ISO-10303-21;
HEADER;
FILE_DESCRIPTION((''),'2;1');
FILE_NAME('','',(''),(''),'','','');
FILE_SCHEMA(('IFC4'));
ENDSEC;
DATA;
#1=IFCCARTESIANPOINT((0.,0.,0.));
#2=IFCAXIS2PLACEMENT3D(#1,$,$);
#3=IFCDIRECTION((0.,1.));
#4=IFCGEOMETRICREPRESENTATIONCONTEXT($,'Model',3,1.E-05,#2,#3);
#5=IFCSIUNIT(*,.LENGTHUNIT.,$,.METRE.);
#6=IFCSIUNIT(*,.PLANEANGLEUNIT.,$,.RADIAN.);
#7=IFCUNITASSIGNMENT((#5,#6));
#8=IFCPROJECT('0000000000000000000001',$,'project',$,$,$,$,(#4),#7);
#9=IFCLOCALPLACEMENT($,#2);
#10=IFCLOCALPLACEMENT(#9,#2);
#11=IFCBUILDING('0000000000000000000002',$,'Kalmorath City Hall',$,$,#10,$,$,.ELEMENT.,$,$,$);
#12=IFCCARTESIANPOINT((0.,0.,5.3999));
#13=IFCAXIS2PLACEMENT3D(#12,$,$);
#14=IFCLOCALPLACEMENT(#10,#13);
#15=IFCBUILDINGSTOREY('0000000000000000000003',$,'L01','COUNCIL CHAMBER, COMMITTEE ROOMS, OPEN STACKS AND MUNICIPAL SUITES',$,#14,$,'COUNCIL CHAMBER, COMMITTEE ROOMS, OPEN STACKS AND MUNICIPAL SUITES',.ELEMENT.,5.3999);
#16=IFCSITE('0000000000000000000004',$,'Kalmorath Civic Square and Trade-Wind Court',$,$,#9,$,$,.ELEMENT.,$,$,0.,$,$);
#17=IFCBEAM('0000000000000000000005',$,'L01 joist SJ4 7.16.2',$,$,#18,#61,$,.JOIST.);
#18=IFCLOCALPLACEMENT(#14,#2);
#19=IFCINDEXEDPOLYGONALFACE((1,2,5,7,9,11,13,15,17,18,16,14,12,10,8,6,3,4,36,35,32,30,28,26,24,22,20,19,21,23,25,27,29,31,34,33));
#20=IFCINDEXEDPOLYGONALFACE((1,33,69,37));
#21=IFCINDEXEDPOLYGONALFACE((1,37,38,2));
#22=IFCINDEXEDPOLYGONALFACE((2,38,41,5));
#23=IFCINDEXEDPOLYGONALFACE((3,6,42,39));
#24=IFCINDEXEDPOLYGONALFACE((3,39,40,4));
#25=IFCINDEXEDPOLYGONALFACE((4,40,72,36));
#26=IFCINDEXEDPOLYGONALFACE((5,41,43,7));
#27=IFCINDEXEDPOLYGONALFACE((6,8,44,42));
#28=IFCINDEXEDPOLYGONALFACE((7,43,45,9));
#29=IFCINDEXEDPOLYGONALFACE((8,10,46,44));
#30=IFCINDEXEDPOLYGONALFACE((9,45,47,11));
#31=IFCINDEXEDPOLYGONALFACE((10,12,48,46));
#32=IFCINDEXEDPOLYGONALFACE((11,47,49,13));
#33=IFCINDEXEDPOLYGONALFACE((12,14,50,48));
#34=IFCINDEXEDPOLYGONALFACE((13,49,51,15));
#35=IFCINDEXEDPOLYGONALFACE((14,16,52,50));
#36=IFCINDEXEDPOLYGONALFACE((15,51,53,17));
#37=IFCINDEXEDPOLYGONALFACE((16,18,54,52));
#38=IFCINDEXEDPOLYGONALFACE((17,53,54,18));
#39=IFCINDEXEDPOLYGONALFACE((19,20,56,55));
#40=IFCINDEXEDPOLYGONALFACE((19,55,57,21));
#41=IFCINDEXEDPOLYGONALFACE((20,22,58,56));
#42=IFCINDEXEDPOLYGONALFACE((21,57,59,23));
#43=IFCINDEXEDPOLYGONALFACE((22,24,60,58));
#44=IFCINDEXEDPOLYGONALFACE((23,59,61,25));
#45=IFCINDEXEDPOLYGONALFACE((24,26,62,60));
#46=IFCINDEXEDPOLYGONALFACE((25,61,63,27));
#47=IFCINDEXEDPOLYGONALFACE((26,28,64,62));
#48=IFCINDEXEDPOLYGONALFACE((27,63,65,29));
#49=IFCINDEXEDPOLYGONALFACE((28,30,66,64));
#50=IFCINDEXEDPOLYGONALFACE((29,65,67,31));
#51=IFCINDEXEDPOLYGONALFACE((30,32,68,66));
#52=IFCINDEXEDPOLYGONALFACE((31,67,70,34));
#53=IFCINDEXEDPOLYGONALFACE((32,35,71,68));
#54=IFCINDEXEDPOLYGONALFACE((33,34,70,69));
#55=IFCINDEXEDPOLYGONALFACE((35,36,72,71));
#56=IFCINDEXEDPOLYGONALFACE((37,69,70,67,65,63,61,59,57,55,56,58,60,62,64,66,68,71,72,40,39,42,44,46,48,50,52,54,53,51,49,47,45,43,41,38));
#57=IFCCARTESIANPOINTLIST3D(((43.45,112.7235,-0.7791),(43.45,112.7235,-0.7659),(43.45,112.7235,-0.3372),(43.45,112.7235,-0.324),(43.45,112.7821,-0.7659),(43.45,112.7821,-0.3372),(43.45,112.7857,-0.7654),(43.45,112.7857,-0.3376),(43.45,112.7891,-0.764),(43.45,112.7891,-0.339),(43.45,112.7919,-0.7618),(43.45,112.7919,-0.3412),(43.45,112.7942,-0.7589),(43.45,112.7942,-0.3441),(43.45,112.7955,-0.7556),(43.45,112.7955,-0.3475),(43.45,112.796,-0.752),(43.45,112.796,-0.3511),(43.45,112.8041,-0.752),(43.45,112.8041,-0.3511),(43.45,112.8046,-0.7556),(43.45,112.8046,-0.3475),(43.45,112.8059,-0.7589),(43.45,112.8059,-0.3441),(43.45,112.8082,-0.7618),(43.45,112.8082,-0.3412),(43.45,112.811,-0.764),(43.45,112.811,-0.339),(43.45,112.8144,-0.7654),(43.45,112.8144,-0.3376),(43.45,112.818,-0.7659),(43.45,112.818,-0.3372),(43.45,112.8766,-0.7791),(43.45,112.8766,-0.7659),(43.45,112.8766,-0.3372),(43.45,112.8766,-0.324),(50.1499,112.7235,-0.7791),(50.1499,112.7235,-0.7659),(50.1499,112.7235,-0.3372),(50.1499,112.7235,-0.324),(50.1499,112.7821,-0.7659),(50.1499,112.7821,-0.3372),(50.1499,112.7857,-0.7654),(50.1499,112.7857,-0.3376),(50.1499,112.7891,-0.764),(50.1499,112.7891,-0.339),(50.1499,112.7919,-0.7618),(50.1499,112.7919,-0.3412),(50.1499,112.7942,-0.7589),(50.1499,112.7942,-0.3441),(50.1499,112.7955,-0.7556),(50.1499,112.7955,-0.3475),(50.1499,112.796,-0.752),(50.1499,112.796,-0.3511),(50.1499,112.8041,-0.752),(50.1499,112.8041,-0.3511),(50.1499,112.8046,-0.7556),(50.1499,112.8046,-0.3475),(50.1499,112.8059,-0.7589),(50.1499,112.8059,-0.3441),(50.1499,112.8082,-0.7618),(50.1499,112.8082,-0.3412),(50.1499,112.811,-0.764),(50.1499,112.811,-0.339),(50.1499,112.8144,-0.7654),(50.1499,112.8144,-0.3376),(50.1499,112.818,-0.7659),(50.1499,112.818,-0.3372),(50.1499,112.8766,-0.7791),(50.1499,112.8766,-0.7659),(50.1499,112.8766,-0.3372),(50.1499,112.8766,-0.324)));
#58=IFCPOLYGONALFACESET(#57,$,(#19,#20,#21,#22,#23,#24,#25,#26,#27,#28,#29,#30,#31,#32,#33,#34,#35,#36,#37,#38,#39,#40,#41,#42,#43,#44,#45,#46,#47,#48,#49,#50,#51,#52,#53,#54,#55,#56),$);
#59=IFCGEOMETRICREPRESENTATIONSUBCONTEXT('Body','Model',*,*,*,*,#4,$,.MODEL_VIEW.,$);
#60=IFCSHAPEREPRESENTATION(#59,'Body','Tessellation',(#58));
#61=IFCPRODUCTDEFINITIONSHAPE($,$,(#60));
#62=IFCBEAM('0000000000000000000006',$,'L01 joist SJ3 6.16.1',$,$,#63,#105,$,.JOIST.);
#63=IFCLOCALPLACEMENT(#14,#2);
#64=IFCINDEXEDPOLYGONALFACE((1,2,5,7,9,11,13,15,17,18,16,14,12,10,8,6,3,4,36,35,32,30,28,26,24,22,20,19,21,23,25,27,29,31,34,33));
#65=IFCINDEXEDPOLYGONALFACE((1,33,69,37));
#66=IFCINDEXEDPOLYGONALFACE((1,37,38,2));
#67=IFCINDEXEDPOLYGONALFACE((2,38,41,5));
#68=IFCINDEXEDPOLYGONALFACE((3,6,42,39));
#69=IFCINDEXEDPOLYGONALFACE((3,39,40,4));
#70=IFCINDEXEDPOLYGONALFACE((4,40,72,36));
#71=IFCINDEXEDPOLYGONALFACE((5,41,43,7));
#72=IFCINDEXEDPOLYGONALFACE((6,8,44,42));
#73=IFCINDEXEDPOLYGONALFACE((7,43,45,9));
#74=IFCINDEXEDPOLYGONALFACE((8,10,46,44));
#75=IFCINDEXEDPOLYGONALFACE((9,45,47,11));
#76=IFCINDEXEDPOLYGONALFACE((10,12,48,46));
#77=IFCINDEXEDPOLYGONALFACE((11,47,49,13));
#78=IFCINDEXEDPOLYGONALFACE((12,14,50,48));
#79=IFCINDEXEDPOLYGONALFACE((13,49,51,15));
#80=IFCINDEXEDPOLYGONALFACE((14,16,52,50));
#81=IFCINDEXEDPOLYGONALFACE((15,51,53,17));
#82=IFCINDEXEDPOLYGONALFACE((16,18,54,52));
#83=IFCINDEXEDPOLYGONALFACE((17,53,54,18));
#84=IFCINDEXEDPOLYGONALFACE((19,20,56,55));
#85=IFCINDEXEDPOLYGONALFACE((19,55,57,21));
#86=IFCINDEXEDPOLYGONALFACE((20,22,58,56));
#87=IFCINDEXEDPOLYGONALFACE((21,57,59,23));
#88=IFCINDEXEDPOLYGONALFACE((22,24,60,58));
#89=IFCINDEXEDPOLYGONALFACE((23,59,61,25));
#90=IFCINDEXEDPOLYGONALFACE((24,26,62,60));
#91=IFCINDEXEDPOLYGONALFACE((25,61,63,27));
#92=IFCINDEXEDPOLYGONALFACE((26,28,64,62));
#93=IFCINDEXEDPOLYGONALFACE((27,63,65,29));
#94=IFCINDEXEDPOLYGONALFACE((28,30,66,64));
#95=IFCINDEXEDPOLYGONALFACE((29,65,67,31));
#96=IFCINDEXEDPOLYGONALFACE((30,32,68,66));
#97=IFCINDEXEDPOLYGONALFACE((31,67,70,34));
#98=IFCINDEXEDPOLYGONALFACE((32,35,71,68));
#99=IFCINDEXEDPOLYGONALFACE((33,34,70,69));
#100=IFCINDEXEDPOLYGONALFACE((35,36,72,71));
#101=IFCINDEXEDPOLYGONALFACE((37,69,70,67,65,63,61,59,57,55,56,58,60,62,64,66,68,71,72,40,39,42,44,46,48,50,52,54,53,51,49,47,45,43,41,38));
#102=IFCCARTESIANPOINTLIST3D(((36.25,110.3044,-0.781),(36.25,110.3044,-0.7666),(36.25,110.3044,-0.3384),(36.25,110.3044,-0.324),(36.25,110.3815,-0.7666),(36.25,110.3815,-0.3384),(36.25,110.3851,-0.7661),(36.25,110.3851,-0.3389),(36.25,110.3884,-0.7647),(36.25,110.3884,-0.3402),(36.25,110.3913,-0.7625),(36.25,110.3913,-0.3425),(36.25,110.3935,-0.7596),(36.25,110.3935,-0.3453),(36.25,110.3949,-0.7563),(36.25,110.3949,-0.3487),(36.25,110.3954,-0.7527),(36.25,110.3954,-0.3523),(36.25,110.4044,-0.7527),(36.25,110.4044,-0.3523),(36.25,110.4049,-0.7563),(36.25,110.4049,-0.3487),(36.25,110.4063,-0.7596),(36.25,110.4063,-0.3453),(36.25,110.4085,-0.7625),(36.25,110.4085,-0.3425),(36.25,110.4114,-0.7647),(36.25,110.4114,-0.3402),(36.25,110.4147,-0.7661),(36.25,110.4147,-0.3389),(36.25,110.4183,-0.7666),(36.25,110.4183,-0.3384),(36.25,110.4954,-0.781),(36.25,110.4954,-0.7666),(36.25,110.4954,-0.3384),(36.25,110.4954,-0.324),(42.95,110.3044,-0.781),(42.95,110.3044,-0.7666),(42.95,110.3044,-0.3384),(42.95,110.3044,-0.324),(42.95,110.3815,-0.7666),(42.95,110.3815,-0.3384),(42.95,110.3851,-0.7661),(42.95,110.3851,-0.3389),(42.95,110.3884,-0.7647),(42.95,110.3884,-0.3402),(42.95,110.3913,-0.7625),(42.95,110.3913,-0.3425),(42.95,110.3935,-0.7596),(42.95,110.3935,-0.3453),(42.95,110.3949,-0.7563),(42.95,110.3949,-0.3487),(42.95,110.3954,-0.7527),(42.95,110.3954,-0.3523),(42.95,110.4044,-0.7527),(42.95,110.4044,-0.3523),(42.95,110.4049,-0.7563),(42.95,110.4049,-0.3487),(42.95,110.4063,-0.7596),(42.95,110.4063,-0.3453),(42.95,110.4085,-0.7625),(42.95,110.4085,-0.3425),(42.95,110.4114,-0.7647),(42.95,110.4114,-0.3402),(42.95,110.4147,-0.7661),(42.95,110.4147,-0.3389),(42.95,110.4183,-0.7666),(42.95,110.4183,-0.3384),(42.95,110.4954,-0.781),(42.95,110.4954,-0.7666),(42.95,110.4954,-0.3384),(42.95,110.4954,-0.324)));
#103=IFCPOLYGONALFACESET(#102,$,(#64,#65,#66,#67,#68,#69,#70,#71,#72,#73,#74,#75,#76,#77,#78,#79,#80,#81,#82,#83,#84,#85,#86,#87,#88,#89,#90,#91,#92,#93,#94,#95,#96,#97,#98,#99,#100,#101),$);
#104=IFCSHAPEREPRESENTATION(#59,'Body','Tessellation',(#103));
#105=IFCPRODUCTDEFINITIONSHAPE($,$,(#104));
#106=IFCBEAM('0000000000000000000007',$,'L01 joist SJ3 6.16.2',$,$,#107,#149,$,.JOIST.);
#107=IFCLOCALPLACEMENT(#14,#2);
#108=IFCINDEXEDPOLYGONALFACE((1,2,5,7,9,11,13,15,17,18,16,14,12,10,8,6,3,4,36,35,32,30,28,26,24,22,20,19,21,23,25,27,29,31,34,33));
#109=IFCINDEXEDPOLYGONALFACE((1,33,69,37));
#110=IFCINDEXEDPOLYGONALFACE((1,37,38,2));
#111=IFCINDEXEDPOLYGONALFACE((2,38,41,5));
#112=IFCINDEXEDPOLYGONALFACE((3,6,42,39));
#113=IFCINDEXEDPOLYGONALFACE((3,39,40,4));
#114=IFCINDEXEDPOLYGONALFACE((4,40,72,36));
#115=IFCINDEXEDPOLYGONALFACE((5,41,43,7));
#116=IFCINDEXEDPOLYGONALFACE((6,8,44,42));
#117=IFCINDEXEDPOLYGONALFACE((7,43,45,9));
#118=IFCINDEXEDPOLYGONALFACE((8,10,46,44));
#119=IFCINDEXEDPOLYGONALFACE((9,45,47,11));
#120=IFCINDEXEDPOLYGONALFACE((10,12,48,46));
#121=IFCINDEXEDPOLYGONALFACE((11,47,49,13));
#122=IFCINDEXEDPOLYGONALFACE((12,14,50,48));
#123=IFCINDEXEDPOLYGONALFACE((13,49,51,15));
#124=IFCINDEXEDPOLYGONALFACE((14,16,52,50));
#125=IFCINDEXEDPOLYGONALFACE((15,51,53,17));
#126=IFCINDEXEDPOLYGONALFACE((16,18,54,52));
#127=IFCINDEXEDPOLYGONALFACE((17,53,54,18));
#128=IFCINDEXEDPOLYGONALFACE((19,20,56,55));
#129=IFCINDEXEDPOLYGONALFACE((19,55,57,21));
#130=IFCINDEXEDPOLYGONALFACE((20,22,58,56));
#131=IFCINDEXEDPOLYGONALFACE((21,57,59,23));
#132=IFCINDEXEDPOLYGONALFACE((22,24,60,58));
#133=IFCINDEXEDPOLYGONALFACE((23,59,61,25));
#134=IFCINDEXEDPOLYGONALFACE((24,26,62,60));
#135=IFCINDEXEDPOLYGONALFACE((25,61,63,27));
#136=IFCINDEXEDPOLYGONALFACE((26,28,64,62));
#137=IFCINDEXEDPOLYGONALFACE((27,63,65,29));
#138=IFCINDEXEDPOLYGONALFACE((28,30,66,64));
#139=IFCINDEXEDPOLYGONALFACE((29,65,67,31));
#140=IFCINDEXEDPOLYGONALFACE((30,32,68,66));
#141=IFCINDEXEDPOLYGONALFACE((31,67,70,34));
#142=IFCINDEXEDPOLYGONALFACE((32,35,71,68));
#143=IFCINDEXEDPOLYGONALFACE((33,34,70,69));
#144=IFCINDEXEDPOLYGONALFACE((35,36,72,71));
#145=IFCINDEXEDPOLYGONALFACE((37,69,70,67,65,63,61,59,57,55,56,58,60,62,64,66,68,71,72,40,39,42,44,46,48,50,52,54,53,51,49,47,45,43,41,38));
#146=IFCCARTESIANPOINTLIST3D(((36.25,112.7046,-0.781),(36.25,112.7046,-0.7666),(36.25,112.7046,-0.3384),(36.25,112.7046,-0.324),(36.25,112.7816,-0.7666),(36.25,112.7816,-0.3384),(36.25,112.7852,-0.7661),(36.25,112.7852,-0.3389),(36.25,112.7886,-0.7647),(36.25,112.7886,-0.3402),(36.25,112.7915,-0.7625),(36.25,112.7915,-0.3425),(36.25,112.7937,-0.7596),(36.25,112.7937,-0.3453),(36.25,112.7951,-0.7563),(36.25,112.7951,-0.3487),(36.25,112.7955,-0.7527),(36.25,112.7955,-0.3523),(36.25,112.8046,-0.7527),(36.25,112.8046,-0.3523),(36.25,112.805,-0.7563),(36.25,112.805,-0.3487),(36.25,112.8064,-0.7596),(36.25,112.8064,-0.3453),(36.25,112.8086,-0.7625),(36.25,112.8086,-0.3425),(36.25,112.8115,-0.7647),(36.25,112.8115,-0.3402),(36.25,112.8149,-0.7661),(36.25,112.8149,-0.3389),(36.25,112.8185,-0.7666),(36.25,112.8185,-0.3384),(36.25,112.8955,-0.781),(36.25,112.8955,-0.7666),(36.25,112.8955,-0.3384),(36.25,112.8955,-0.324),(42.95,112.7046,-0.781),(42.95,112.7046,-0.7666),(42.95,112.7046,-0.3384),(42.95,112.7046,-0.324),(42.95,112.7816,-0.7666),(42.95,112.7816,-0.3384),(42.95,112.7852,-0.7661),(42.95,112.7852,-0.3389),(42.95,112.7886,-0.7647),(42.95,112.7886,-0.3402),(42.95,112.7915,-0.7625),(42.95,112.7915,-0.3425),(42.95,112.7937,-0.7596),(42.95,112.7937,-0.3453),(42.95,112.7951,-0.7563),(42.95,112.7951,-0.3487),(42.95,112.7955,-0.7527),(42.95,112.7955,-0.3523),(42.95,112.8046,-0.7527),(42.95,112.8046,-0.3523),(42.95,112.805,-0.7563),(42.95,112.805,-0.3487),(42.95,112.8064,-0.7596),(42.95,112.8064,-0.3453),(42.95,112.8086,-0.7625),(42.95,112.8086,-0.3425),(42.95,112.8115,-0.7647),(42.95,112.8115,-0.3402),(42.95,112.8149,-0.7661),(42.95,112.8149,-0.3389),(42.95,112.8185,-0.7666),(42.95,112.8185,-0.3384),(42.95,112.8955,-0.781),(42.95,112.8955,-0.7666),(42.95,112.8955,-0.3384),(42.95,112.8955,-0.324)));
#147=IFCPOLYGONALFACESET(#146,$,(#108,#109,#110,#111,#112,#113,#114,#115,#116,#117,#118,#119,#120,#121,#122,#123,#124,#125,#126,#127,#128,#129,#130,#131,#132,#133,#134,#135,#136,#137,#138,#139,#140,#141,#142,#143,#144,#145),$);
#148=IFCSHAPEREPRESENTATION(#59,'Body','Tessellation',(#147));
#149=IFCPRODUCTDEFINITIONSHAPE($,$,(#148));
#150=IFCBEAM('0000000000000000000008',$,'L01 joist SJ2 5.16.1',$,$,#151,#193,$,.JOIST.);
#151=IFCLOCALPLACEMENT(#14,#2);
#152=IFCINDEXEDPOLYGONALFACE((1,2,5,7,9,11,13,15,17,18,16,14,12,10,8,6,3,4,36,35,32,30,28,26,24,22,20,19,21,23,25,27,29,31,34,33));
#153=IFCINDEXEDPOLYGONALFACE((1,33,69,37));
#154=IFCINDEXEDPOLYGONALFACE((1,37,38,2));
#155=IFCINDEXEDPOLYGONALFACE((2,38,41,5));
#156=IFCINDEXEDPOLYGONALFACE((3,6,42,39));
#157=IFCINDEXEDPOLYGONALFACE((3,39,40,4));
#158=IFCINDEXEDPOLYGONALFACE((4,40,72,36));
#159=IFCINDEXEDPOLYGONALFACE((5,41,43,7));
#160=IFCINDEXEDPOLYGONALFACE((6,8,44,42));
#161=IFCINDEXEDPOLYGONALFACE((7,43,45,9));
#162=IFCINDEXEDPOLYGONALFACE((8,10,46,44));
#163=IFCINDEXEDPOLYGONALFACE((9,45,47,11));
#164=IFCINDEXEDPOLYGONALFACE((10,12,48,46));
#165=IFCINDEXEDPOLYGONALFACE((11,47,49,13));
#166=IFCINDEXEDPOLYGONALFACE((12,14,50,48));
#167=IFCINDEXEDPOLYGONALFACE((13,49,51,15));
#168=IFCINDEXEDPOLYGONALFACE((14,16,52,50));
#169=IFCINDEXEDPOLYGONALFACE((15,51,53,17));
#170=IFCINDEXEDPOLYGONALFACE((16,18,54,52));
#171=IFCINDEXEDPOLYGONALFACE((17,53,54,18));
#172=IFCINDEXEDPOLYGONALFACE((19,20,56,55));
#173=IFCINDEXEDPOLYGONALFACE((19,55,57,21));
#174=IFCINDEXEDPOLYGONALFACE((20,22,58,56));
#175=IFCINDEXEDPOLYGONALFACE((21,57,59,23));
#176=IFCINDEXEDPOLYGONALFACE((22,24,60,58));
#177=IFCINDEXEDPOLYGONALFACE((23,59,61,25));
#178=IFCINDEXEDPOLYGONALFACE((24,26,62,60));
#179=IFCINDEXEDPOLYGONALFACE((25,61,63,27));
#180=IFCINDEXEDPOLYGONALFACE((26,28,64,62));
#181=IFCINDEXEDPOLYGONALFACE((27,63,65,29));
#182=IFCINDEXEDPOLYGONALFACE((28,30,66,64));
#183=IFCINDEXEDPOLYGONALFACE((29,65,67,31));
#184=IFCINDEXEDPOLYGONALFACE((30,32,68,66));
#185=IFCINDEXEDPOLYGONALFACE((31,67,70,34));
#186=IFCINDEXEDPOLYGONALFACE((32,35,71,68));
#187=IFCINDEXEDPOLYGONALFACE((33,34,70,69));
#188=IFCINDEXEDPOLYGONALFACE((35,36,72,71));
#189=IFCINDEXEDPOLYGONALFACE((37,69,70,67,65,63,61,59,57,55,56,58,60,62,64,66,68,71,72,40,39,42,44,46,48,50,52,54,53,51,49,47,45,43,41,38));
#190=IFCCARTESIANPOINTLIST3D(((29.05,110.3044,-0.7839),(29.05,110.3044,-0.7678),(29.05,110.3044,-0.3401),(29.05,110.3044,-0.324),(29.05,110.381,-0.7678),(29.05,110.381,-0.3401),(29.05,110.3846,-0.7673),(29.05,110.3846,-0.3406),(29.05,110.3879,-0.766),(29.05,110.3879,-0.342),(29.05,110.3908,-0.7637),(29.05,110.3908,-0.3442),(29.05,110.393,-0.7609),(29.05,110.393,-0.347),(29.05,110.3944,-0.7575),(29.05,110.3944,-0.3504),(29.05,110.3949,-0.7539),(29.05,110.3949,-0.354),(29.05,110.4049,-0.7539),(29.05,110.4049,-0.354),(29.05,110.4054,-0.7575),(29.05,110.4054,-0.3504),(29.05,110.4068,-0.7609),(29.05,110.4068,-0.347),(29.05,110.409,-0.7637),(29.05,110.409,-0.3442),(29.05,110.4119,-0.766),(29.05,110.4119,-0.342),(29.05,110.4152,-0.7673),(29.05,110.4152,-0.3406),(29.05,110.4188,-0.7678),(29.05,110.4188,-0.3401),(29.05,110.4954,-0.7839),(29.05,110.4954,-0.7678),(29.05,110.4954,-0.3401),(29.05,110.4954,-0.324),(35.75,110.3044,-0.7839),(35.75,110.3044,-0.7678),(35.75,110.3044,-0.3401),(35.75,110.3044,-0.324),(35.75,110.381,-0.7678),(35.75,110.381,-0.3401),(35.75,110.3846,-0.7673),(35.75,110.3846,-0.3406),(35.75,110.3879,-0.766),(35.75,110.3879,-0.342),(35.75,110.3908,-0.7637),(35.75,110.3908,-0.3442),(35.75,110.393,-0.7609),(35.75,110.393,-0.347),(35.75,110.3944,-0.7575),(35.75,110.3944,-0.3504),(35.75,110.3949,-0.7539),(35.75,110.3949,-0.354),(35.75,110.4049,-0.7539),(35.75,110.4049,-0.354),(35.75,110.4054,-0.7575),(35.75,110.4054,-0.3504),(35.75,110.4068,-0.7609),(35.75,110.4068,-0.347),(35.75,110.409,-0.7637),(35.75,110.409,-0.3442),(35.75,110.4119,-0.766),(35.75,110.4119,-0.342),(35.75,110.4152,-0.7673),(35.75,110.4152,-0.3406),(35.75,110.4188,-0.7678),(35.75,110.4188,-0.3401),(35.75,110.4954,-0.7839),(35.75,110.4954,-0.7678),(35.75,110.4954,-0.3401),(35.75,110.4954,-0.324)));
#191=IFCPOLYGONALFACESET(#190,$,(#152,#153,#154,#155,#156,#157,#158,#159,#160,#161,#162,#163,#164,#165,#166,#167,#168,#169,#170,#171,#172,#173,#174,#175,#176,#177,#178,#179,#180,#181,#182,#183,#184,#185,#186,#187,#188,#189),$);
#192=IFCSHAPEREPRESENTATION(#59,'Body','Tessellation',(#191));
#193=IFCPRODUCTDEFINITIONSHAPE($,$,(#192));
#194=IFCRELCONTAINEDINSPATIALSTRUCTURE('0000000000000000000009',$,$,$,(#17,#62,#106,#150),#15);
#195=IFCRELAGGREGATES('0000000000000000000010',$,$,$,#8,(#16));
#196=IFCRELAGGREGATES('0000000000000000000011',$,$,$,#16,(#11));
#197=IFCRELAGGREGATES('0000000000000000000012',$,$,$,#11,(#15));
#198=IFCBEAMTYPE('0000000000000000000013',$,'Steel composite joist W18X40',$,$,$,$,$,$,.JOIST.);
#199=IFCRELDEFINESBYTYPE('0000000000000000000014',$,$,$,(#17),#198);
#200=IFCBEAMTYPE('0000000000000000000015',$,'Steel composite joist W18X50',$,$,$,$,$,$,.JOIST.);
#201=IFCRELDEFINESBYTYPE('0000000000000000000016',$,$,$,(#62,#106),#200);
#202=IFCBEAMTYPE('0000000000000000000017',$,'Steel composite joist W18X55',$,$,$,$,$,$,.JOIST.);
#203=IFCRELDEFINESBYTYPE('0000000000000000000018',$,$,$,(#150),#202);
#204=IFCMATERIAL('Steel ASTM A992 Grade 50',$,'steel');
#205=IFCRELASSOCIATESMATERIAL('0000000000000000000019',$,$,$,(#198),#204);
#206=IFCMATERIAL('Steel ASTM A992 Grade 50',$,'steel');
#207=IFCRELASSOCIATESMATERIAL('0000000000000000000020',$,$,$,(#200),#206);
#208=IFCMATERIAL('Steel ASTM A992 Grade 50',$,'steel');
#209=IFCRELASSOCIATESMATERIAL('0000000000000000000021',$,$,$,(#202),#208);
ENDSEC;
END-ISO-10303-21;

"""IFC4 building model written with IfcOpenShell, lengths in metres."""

from ifc_helpers import new_model, si_unit, direction, frame, origin, origin_2d, place, context, subcontext, project, spatial, i_section, extrude, material, material_profile, profile_set, type_object, element, save


model = new_model("IFC4")

# Units and contexts
model_context = context("Model", 3, precision=1e-05, world=origin(), true_north=direction((0.0, 1.0)))
body_context = subcontext(model_context, "Body", "Model", "MODEL_VIEW")
ifc_project = project(units=[si_unit("LENGTHUNIT", "METRE"), si_unit("PLANEANGLEUNIT", "RADIAN")], contexts=[model_context])

# Site, building, storey
site_placement = place(None, origin())
site = spatial("IfcSite", under=ifc_project, at=site_placement, Name="Kalmorath Civic Square and Trade-Wind Court", CompositionType="ELEMENT", RefElevation=0.0)
building_placement = place(site_placement, origin())
building = spatial("IfcBuilding", under=site, at=building_placement, Name="Kalmorath City Hall", CompositionType="ELEMENT")
storey_placement = place(building_placement, frame((0.0, 0.0, 5.3999)))
storey = spatial("IfcBuildingStorey", under=building, at=storey_placement, Name="L01", Description="COUNCIL CHAMBER, COMMITTEE ROOMS, OPEN STACKS AND MUNICIPAL SUITES", LongName="COUNCIL CHAMBER, COMMITTEE ROOMS, OPEN STACKS AND MUNICIPAL SUITES", CompositionType="ELEMENT", Elevation=5.3999)

# Beams
ifc_material_1 = material(Name="Steel ASTM A992 Grade 50", Category="steel")
ifc_material_profile_1 = material_profile(ifc_material_1, i_section(OverallWidth=0.1531, OverallDepth=0.4551, WebThickness=0.0081, FlangeThickness=0.0132, FilletRadius=0.0139, at=origin_2d()), Name="W18X40")
ifc_profile_set_1 = profile_set([ifc_material_profile_1], Name="Steel ASTM A992 Grade 50")
beam_type_1 = type_object("IfcBeamType", Name="Steel composite joist W18X40", PredefinedType="JOIST", material=ifc_profile_set_1)
for number, where, z_axis, x_axis, name in (
    (1, (43.45, 112.8, -0.5515), (1.0, 0.0, 0.0), (0.0, 1.0, 0.0), "L01 joist SJ4 7.16.2"),
):
    element("IfcBeam", number, at=place(storey_placement, frame(where, z_axis=z_axis, x_axis=x_axis)), inside=storey, type_object=beam_type_1, Name=name, PredefinedType="JOIST", context=body_context, shape_type="SweptSolid", body=[
        extrude(i_section(OverallWidth=0.1531, OverallDepth=0.4551, WebThickness=0.0081, FlangeThickness=0.0132, FilletRadius=0.0139, at=origin_2d()), origin(), (0.0, 0.0, 1.0), 6.7),
    ])
ifc_material_2 = material(Name="Steel ASTM A992 Grade 50", Category="steel")
ifc_material_profile_2 = material_profile(ifc_material_2, i_section(OverallWidth=0.1909, OverallDepth=0.457, WebThickness=0.009, FlangeThickness=0.0144, FilletRadius=0.0139, at=origin_2d()), Name="W18X50")
ifc_profile_set_2 = profile_set([ifc_material_profile_2], Name="Steel ASTM A992 Grade 50")
beam_type_2 = type_object("IfcBeamType", Name="Steel composite joist W18X50", PredefinedType="JOIST", material=ifc_profile_set_2)
for number, where, z_axis, x_axis, name in (
    (2, (36.25, 110.3999, -0.5525), (1.0, 0.0, 0.0), (0.0, 1.0, 0.0), "L01 joist SJ3 6.16.1"),
    (3, (36.25, 112.8, -0.5525), (1.0, 0.0, 0.0), (0.0, 1.0, 0.0), "L01 joist SJ3 6.16.2"),
):
    element("IfcBeam", number, at=place(storey_placement, frame(where, z_axis=z_axis, x_axis=x_axis)), inside=storey, type_object=beam_type_2, Name=name, PredefinedType="JOIST", context=body_context, shape_type="SweptSolid", body=[
        extrude(i_section(OverallWidth=0.1909, OverallDepth=0.457, WebThickness=0.009, FlangeThickness=0.0144, FilletRadius=0.0139, at=origin_2d()), origin(), (0.0, 0.0, 1.0), 6.7),
    ])
ifc_material_3 = material(Name="Steel ASTM A992 Grade 50", Category="steel")
ifc_material_profile_3 = material_profile(ifc_material_3, i_section(OverallWidth=0.1909, OverallDepth=0.46, WebThickness=0.01, FlangeThickness=0.0161, FilletRadius=0.0139, at=origin_2d()), Name="W18X55")
ifc_profile_set_3 = profile_set([ifc_material_profile_3], Name="Steel ASTM A992 Grade 50")
beam_type_3 = type_object("IfcBeamType", Name="Steel composite joist W18X55", PredefinedType="JOIST", material=ifc_profile_set_3)
for number, where, z_axis, x_axis, name in (
    (4, (29.05, 110.3999, -0.554), (1.0, 0.0, 0.0), (0.0, 1.0, 0.0), "L01 joist SJ2 5.16.1"),
):
    element("IfcBeam", number, at=place(storey_placement, frame(where, z_axis=z_axis, x_axis=x_axis)), inside=storey, type_object=beam_type_3, Name=name, PredefinedType="JOIST", context=body_context, shape_type="SweptSolid", body=[
        extrude(i_section(OverallWidth=0.1909, OverallDepth=0.46, WebThickness=0.01, FlangeThickness=0.0161, FilletRadius=0.0139, at=origin_2d()), origin(), (0.0, 0.0, 1.0), 6.7),
    ])

save(model, "model.ifc")
